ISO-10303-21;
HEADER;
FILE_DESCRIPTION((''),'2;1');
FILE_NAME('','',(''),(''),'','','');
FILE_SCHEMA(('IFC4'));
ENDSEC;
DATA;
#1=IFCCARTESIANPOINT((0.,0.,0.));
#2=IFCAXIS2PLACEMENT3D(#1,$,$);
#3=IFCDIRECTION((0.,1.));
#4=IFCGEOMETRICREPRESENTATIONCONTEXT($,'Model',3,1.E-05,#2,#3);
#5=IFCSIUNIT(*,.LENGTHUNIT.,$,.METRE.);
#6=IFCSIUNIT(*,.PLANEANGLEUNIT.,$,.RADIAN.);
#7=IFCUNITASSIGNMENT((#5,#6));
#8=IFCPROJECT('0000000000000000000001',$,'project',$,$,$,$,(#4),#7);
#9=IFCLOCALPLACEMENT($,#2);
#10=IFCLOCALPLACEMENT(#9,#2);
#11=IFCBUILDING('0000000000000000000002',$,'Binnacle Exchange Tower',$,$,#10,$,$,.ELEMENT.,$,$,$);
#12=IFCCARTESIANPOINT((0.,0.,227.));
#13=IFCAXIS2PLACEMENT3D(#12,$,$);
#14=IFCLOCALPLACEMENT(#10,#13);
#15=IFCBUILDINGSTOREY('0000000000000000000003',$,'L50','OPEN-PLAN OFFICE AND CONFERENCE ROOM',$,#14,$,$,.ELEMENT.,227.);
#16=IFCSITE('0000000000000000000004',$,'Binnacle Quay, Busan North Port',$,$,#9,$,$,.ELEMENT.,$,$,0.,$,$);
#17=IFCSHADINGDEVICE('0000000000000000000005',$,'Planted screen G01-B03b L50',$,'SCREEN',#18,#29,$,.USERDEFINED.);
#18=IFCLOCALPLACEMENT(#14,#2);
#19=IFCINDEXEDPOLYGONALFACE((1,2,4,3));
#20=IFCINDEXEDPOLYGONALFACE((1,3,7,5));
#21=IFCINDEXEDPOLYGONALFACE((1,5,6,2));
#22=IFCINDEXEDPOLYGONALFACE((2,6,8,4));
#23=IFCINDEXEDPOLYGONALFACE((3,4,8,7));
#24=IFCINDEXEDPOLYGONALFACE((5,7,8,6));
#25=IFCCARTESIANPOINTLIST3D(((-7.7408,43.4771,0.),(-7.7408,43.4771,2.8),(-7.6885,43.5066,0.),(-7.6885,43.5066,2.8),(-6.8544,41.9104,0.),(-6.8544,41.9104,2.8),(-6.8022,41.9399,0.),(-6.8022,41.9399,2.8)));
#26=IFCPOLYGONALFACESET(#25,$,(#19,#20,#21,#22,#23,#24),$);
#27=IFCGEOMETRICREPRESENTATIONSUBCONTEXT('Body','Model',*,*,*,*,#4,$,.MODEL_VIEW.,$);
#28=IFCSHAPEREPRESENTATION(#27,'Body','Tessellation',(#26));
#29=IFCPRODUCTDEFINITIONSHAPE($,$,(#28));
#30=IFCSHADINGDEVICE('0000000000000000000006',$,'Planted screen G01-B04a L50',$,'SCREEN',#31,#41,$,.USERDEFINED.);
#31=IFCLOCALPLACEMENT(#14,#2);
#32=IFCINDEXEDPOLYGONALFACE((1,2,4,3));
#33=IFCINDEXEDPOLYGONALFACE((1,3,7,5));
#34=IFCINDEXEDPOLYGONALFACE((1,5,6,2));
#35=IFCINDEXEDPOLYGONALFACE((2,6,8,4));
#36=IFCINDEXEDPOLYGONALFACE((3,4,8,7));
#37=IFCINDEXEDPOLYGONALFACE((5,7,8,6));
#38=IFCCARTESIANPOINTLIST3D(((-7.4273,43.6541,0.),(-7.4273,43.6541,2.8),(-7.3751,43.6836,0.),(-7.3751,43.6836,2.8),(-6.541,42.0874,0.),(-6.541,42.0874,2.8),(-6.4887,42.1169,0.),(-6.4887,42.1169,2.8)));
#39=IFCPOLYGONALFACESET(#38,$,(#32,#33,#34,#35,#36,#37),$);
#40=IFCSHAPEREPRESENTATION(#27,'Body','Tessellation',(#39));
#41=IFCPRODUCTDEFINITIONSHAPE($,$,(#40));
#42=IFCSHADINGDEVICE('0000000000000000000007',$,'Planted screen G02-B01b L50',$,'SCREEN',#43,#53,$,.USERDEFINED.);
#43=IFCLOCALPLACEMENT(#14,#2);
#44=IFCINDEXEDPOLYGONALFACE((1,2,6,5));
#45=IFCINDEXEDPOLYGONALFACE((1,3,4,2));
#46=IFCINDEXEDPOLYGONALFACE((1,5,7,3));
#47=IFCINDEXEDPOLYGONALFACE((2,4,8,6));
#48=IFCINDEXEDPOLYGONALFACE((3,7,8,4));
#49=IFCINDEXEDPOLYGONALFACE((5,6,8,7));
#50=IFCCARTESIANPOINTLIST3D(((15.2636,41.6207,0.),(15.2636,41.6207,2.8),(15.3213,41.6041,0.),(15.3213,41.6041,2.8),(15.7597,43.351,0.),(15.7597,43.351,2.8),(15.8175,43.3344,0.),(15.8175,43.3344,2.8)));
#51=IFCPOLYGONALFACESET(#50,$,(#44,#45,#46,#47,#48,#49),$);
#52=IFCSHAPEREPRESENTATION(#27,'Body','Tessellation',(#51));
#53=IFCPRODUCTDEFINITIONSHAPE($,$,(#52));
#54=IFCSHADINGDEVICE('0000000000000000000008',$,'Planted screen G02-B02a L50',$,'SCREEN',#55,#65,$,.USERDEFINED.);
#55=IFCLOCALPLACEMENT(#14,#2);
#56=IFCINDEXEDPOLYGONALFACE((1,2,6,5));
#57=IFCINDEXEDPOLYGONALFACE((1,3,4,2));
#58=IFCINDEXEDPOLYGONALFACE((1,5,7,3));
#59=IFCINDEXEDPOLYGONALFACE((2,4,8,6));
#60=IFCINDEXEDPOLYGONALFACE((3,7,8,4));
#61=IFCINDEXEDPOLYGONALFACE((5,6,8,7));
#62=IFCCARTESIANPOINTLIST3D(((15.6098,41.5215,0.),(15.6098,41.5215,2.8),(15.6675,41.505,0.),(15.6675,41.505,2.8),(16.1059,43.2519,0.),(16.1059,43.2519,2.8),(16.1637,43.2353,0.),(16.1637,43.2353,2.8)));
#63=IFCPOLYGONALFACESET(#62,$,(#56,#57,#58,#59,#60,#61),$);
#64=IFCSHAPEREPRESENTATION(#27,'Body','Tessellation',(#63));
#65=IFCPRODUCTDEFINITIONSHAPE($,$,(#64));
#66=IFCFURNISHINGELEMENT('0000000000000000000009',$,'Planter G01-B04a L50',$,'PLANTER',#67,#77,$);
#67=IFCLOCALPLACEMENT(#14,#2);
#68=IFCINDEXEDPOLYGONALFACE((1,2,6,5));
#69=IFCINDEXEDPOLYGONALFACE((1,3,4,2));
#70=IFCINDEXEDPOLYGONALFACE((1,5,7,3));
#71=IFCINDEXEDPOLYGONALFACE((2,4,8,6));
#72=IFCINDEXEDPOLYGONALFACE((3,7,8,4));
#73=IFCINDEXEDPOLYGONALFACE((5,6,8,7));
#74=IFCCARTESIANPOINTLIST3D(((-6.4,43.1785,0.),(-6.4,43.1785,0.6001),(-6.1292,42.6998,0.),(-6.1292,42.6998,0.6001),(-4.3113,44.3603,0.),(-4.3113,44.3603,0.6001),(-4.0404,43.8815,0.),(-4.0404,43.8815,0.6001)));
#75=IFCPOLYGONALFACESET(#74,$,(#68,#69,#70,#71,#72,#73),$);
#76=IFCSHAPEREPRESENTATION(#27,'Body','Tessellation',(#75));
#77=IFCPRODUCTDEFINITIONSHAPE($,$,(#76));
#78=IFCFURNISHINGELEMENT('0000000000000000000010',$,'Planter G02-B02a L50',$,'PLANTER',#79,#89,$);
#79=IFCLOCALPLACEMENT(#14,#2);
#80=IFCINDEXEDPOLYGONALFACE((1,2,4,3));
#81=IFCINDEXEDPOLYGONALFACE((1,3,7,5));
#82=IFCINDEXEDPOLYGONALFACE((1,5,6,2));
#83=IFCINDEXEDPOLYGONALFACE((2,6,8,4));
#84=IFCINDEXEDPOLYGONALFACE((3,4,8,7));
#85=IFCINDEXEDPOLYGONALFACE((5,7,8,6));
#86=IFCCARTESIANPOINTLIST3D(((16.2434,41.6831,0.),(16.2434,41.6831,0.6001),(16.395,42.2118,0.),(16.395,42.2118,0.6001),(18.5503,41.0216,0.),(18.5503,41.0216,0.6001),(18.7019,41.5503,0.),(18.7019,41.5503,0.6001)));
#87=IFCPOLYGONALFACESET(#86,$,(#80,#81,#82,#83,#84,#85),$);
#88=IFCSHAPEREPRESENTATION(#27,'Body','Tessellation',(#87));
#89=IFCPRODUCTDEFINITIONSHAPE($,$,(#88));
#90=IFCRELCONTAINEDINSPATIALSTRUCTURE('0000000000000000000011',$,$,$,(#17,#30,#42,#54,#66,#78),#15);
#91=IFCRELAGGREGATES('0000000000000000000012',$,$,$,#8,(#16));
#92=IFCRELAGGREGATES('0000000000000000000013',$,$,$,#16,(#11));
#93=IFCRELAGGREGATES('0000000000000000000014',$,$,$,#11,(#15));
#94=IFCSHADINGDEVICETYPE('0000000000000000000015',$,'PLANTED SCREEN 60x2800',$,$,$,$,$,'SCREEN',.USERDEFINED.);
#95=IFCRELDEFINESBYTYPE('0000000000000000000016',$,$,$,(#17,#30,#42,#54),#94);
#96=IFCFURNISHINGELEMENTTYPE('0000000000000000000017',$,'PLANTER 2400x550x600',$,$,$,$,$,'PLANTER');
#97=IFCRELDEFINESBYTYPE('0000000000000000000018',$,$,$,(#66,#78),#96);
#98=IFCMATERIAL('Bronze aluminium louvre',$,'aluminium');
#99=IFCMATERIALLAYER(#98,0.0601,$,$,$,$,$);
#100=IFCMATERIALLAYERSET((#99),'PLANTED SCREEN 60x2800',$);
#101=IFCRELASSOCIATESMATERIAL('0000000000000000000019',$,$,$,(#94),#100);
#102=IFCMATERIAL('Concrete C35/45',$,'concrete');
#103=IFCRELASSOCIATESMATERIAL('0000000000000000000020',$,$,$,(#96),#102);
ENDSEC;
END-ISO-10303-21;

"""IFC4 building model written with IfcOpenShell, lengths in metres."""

from ifc_helpers import new_model, si_unit, direction, frame, origin, origin_2d, place, context, subcontext, project, spatial, rectangle, extrude, material, layer, layer_set, type_object, element, save


model = new_model("IFC4")

# Units and contexts
model_context = context("Model", 3, precision=1e-05, world=origin(), true_north=direction((0.0, 1.0)))
body_context = subcontext(model_context, "Body", "Model", "MODEL_VIEW")
ifc_project = project(units=[si_unit("LENGTHUNIT", "METRE"), si_unit("PLANEANGLEUNIT", "RADIAN")], contexts=[model_context])

# Site, building, storey
site_placement = place(None, origin())
site = spatial("IfcSite", under=ifc_project, at=site_placement, Name="Binnacle Quay, Busan North Port", CompositionType="ELEMENT", RefElevation=0.0)
building_placement = place(site_placement, origin())
building = spatial("IfcBuilding", under=site, at=building_placement, Name="Binnacle Exchange Tower", CompositionType="ELEMENT")
storey_placement = place(building_placement, frame((0.0, 0.0, 227.0)))
storey = spatial("IfcBuildingStorey", under=building, at=storey_placement, Name="L50", Description="OPEN-PLAN OFFICE AND CONFERENCE ROOM", CompositionType="ELEMENT", Elevation=227.0)

# Shading devices
ifc_material_1 = material(Name="Bronze aluminium louvre", Category="aluminium")
ifc_layer_1 = layer(ifc_material_1, 0.0601)
ifc_layer_set_1 = layer_set([ifc_layer_1], Name="PLANTED SCREEN 60x2800")
shading_device_type = type_object("IfcShadingDeviceType", Name="PLANTED SCREEN 60x2800", ElementType="SCREEN", PredefinedType="USERDEFINED", material=ifc_layer_set_1)
for number, where, z_axis, x_axis, name in (
    (1, (-7.2715, 42.7085, 0.0), (0.0, 0.0, 1.0), (0.870356, 0.492424, 0.0), "Planted screen G01-B03b L50"),
    (2, (-6.958, 42.8855, 0.0), (0.0, 0.0, 1.0), (0.870356, 0.492424, 0.0), "Planted screen G01-B04a L50"),
    (3, (15.5405, 42.4775, 0.0), (0.0, 0.0, 1.0), (0.961262, -0.275637, 0.0), "Planted screen G02-B01b L50"),
    (4, (15.8867, 42.3784, 0.0), (0.0, 0.0, 1.0), (0.961262, -0.275637, 0.0), "Planted screen G02-B02a L50"),
):
    element("IfcShadingDevice", number, at=place(storey_placement, frame(where, z_axis=z_axis, x_axis=x_axis)), inside=storey, type_object=shading_device_type, Name=name, ObjectType="SCREEN", PredefinedType="USERDEFINED", context=body_context, shape_type="SweptSolid", body=[
        extrude(rectangle(XDim=0.0601, YDim=1.8, at=origin_2d()), origin(), (0.0, 0.0, 1.0), 2.8),
    ])

# Furnishing elements
ifc_material_2 = material(Name="Concrete C35/45", Category="concrete")
furnishing_element_type = type_object("IfcFurnishingElementType", Name="PLANTER 2400x550x600", ElementType="PLANTER", material=ifc_material_2)
for number, where, z_axis, x_axis, name in (
    (5, (-5.2202, 43.53, 0.0), (0.0, 0.0, 1.0), (0.870356, 0.492424, 0.0), "Planter G01-B04a L50"),
    (6, (17.4727, 41.6167, 0.0), (0.0, 0.0, 1.0), (0.961262, -0.275637, 0.0), "Planter G02-B02a L50"),
):
    element("IfcFurnishingElement", number, at=place(storey_placement, frame(where, z_axis=z_axis, x_axis=x_axis)), inside=storey, type_object=furnishing_element_type, Name=name, ObjectType="PLANTER", context=body_context, shape_type="SweptSolid", body=[
        extrude(rectangle(XDim=2.3999, YDim=0.55, at=origin_2d()), origin(), (0.0, 0.0, 1.0), 0.6001),
    ])

save(model, "model.ifc")
